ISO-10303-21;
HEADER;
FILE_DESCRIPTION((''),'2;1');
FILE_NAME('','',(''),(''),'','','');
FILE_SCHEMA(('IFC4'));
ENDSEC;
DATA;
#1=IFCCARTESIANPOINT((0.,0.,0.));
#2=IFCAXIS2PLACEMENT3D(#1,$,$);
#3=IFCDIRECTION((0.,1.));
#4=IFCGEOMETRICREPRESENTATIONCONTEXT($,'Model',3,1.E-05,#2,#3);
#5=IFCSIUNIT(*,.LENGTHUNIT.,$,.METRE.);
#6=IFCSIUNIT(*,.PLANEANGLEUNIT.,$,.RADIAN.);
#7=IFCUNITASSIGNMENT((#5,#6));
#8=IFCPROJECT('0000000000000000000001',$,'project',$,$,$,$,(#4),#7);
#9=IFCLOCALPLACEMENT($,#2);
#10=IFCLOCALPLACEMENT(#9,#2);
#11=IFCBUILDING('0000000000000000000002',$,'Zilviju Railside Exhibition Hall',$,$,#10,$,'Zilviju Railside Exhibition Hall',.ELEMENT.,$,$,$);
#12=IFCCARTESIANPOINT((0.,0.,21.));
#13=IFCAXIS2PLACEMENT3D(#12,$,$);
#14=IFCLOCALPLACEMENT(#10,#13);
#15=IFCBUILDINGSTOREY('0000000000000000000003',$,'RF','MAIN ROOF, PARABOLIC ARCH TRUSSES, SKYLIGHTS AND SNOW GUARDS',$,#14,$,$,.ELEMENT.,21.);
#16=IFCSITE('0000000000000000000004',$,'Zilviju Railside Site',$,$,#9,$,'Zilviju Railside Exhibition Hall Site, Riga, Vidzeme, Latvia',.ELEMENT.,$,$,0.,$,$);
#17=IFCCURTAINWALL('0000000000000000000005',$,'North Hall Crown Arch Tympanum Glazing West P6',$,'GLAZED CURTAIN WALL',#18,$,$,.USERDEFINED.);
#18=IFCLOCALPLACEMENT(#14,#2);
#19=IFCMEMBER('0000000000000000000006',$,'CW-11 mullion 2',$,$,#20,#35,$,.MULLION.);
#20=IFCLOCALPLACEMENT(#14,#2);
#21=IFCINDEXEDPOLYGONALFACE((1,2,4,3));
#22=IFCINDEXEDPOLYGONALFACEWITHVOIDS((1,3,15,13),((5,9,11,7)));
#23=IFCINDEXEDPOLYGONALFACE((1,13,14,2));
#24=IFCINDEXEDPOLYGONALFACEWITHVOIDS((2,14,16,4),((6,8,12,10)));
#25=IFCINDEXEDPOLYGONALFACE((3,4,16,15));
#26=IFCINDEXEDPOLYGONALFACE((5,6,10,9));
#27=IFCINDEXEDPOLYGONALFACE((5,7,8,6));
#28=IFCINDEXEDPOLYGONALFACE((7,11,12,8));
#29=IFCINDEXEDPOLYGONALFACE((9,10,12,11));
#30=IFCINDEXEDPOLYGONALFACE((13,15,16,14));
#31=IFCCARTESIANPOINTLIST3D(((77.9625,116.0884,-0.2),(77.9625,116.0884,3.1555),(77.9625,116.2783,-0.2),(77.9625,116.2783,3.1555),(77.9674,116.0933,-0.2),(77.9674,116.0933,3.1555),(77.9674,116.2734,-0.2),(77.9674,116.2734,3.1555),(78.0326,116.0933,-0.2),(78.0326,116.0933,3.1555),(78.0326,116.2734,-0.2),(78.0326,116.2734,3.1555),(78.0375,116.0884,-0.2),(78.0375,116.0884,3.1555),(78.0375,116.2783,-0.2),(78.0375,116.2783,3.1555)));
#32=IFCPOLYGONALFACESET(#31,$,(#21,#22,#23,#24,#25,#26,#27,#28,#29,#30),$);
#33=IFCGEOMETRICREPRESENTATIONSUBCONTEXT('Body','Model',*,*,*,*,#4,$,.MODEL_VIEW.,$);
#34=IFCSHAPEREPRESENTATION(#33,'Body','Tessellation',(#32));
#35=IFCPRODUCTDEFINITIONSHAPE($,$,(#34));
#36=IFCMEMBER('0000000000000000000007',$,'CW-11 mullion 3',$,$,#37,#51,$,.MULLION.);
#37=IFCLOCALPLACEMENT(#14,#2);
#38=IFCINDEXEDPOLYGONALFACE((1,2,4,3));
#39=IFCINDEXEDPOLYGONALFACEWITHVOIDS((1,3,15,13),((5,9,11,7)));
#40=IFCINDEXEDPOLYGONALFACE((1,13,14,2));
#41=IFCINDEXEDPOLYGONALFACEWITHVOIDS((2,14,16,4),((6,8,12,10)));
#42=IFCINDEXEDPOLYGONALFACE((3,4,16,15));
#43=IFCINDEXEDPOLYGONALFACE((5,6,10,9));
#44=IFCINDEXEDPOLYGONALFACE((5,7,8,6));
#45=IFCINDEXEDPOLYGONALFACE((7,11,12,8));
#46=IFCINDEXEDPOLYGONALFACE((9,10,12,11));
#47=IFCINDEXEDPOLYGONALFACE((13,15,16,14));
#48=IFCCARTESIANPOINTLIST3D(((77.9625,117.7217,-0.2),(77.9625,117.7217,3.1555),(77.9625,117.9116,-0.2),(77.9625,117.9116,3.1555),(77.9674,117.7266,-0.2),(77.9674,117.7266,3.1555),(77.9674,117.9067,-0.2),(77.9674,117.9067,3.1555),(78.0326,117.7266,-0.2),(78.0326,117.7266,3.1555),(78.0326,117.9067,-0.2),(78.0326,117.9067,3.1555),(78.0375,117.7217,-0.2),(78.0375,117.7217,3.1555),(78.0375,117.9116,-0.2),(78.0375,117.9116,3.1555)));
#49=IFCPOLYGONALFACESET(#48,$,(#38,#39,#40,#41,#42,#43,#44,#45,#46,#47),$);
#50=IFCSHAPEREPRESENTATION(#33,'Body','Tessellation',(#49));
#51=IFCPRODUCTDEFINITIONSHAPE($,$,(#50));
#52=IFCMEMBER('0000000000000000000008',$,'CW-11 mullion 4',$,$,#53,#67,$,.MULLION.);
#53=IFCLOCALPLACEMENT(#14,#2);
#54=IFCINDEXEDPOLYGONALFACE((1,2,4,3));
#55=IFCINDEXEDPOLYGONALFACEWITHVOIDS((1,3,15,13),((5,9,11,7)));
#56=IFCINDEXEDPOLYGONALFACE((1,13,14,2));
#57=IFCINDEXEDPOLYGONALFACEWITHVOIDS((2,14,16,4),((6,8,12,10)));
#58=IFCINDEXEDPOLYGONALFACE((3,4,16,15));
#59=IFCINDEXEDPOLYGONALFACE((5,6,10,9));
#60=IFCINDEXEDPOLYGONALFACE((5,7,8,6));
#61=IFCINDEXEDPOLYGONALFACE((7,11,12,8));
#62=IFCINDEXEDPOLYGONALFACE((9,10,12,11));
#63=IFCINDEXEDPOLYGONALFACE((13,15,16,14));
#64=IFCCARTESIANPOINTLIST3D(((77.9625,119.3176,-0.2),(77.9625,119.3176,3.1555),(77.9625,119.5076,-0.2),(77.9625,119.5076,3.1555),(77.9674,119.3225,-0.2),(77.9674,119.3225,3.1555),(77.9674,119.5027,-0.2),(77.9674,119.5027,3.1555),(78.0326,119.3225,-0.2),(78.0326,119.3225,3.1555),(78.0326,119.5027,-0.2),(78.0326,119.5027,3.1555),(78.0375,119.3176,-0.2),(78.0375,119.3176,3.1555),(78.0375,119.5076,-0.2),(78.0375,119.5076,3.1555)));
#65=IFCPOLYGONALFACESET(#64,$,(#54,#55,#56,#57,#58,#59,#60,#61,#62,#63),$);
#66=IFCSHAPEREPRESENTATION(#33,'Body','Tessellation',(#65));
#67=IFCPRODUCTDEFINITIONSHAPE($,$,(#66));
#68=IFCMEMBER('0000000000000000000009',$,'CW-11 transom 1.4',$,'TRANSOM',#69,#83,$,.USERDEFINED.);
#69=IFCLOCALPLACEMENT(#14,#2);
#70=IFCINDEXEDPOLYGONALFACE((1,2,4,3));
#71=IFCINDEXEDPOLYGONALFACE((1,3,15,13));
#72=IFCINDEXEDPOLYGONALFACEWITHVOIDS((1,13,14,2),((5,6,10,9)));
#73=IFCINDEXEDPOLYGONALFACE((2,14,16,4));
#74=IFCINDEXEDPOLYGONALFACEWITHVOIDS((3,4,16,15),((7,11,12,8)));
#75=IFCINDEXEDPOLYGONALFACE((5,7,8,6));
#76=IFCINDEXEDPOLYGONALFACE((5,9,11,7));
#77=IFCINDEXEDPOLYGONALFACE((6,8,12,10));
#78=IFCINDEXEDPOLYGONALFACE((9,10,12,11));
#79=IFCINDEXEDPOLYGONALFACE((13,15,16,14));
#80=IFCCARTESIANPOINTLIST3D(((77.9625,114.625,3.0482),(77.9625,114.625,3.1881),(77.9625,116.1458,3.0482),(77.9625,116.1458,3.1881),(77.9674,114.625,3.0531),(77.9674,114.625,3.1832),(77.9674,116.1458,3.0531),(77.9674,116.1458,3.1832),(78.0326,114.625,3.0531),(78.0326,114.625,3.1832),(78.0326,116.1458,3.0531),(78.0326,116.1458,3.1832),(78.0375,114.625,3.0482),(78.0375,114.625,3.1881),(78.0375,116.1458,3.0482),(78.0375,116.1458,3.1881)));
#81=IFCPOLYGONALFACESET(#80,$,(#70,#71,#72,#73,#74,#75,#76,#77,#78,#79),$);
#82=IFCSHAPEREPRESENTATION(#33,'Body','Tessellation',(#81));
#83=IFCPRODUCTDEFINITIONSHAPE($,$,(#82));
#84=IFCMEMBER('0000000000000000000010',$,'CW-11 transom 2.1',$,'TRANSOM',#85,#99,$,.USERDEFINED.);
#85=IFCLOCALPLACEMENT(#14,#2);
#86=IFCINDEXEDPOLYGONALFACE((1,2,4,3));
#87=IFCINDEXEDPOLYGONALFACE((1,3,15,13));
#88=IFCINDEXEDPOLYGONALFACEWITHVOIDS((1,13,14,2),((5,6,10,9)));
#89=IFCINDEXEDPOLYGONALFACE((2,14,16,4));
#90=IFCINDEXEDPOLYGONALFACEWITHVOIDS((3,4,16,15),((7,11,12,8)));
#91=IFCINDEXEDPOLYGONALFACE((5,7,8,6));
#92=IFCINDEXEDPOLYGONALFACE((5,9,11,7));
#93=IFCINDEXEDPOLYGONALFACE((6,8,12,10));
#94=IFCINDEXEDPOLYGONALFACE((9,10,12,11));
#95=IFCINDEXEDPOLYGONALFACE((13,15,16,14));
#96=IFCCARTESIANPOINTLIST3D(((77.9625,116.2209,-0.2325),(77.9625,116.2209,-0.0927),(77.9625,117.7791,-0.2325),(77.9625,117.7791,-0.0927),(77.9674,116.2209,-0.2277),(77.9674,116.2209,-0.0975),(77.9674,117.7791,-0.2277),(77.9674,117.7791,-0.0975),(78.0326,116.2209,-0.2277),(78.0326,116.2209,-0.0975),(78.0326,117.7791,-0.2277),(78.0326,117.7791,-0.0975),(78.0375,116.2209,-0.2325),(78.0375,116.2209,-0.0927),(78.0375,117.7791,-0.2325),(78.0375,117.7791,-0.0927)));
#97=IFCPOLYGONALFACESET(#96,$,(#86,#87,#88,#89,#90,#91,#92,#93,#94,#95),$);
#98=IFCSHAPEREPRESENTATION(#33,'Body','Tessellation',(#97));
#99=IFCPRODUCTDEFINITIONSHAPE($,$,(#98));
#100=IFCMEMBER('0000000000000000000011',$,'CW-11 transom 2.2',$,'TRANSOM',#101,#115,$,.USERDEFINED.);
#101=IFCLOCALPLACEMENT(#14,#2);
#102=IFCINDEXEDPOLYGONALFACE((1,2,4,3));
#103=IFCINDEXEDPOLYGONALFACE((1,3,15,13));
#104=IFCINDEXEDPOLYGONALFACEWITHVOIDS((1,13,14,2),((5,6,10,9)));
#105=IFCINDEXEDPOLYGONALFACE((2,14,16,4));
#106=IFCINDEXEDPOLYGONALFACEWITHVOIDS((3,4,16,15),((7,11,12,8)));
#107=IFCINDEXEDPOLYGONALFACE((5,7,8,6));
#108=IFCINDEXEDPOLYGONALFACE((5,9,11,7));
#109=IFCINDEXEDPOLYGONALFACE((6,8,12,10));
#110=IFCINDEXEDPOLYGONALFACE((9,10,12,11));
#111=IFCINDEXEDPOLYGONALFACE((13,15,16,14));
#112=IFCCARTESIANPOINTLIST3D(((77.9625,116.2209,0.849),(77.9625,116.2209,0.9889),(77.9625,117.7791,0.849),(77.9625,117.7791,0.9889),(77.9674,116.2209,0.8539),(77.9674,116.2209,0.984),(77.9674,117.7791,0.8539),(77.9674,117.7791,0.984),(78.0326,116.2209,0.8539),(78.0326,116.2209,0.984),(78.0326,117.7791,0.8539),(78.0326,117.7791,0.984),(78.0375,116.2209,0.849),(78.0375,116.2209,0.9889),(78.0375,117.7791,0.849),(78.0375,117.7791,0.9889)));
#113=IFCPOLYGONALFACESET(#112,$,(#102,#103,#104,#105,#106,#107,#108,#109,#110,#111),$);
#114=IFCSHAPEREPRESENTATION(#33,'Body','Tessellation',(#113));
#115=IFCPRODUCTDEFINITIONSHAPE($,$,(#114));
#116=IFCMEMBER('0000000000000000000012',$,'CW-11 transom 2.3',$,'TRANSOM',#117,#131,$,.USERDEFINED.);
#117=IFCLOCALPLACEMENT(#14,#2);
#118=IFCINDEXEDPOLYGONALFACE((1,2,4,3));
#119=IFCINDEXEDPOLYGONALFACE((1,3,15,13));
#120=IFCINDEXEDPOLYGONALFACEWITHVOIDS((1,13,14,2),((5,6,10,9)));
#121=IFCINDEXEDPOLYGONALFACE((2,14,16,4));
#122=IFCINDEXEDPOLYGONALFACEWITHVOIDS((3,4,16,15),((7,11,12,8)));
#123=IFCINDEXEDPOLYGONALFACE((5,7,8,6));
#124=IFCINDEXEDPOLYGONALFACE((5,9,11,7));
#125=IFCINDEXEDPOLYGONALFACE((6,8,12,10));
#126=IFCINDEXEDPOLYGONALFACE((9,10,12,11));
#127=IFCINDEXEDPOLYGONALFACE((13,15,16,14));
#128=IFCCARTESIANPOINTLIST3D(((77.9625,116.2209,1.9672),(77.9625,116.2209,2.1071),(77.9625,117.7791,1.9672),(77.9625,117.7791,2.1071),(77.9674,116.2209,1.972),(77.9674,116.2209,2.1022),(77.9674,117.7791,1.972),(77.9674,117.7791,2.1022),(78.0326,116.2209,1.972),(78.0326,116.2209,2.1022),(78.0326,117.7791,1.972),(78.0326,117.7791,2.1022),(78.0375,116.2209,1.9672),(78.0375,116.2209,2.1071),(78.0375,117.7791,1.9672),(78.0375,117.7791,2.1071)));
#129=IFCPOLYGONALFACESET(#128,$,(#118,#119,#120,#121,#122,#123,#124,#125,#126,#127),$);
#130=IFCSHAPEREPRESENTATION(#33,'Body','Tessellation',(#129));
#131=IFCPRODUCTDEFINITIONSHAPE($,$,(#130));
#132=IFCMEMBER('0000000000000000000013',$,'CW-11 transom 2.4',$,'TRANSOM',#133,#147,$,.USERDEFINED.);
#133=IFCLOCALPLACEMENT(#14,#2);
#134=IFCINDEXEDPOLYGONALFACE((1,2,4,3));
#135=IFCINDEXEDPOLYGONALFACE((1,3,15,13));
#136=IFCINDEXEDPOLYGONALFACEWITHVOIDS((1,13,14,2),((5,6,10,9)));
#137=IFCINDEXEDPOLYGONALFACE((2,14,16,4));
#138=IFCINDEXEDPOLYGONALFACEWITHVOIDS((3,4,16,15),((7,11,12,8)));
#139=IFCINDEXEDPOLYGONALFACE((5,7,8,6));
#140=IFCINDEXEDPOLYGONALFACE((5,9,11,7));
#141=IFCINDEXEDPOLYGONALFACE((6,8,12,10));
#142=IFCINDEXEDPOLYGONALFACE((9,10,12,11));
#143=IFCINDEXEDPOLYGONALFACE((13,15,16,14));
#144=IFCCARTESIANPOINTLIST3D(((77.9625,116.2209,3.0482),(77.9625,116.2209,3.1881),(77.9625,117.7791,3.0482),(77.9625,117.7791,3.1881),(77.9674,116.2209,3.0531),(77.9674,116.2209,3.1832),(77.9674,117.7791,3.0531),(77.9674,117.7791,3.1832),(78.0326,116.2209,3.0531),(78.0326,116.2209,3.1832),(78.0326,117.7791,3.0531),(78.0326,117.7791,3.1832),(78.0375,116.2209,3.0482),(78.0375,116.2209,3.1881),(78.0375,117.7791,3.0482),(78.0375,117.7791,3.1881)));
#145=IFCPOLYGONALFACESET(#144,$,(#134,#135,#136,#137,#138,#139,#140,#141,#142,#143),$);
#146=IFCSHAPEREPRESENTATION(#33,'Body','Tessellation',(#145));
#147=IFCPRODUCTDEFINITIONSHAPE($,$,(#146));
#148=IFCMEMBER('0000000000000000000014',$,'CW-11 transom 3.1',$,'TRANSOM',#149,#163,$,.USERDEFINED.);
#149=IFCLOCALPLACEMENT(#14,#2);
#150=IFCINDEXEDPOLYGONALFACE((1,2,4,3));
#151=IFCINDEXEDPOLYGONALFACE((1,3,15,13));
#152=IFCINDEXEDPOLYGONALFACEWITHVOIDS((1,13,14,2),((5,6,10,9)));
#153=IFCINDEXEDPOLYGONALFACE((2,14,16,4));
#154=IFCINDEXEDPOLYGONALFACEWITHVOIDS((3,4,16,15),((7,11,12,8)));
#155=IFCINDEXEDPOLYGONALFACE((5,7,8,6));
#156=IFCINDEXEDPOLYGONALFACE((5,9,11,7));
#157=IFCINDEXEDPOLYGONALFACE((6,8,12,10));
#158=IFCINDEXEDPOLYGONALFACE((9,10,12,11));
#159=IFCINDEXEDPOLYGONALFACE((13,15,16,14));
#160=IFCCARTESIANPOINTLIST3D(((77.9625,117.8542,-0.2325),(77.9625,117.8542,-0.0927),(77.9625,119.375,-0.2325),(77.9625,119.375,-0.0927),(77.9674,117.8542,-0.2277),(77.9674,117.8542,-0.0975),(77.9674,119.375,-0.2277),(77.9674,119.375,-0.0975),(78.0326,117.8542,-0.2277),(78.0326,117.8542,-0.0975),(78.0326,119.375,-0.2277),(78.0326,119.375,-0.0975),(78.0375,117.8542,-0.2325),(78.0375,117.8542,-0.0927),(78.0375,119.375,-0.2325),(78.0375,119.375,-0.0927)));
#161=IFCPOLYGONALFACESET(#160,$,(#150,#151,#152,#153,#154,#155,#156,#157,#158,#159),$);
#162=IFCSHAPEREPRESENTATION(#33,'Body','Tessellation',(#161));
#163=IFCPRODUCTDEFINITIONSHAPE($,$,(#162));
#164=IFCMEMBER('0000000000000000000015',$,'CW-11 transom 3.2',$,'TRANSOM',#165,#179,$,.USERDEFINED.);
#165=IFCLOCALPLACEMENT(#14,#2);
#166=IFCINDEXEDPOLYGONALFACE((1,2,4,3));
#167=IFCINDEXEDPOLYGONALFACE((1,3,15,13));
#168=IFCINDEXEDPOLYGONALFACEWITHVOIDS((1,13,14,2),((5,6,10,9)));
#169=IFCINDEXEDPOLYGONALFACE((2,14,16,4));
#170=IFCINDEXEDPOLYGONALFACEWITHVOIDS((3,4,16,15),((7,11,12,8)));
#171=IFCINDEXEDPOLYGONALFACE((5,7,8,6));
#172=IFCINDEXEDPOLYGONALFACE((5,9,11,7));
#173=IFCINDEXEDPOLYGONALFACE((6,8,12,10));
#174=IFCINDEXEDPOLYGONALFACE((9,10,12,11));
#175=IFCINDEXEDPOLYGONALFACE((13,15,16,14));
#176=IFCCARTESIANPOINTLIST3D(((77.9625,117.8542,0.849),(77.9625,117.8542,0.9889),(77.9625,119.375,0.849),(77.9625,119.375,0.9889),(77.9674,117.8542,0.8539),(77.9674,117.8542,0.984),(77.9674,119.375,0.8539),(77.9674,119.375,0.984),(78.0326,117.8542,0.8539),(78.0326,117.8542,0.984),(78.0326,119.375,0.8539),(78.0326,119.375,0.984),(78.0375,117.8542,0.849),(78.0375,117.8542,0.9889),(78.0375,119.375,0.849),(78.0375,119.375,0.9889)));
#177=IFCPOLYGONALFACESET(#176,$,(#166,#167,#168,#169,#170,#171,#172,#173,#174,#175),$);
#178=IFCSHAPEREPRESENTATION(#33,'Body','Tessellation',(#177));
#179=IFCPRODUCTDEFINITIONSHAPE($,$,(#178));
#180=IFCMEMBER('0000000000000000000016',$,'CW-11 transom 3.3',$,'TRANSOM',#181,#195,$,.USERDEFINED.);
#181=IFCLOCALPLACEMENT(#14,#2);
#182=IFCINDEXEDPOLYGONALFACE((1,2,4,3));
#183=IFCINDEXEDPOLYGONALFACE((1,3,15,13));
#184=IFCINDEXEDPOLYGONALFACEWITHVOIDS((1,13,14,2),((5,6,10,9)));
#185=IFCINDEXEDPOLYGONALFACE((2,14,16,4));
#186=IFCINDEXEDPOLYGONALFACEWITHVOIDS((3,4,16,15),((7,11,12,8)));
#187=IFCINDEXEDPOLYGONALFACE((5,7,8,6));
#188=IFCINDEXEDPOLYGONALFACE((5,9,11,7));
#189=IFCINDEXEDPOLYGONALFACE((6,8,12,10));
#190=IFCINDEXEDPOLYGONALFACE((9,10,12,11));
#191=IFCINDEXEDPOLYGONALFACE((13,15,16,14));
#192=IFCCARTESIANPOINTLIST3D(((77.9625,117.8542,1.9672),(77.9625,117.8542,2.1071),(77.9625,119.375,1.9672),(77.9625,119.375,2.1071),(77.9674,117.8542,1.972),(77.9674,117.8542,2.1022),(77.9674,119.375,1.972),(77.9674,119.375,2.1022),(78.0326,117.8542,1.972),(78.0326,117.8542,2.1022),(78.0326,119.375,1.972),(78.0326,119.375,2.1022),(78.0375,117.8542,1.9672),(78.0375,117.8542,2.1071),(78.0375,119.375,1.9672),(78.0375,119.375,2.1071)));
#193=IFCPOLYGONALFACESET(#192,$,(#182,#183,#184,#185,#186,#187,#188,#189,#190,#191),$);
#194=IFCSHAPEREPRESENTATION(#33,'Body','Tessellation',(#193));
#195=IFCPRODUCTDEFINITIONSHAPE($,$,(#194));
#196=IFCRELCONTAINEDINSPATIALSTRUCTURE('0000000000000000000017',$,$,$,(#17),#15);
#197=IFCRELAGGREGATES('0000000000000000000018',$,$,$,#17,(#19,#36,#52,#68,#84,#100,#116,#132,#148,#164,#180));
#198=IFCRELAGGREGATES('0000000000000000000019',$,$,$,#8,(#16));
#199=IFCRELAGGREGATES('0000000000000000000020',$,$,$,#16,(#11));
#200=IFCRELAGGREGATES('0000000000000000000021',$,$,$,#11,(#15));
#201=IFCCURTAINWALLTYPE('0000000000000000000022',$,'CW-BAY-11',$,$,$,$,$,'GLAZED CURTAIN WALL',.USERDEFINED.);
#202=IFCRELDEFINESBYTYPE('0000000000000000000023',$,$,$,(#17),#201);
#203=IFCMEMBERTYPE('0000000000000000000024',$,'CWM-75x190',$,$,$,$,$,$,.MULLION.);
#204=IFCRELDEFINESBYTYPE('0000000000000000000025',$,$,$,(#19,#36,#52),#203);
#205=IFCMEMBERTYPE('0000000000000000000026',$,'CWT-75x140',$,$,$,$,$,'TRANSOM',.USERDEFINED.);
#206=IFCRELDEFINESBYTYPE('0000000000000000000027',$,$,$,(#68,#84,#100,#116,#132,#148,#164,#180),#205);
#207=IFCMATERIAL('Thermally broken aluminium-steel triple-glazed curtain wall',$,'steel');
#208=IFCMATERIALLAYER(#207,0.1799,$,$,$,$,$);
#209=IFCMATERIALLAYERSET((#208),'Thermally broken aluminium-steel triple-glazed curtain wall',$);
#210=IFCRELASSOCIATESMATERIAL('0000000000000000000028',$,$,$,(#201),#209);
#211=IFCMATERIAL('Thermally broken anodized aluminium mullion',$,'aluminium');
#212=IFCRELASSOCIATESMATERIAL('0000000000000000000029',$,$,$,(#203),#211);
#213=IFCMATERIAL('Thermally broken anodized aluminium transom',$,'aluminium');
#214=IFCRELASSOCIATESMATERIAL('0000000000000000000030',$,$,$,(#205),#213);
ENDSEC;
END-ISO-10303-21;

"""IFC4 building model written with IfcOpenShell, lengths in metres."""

from ifc_helpers import new_model, si_unit, direction, frame, origin, origin_2d, place, context, subcontext, project, spatial, hollow_rectangle, extrude, material, layer, layer_set, material_profile, profile_set, type_object, element, aggregate, save


model = new_model("IFC4")

# Units and contexts
model_context = context("Model", 3, precision=1e-05, world=origin(), true_north=direction((0.0, 1.0)))
body_context = subcontext(model_context, "Body", "Model", "MODEL_VIEW")
ifc_project = project(units=[si_unit("LENGTHUNIT", "METRE"), si_unit("PLANEANGLEUNIT", "RADIAN")], contexts=[model_context])

# Site, building, storey
site_placement = place(None, origin())
site = spatial("IfcSite", under=ifc_project, at=site_placement, Name="Zilviju Railside Site", LongName="Zilviju Railside Exhibition Hall Site, Riga, Vidzeme, Latvia", CompositionType="ELEMENT", RefElevation=0.0)
building_placement = place(site_placement, origin())
building = spatial("IfcBuilding", under=site, at=building_placement, Name="Zilviju Railside Exhibition Hall", LongName="Zilviju Railside Exhibition Hall", CompositionType="ELEMENT")
storey_placement = place(building_placement, frame((0.0, 0.0, 21.0)))
storey = spatial("IfcBuildingStorey", under=building, at=storey_placement, Name="RF", Description="MAIN ROOF, PARABOLIC ARCH TRUSSES, SKYLIGHTS AND SNOW GUARDS", CompositionType="ELEMENT", Elevation=21.0)

# Curtain wall, members
ifc_material_1 = material(Name="Thermally broken aluminium-steel triple-glazed curtain wall", Category="steel")
ifc_layer_1 = layer(ifc_material_1, 0.1799)
ifc_layer_set_1 = layer_set([ifc_layer_1], Name="Thermally broken aluminium-steel triple-glazed curtain wall")
curtain_wall_type_1 = type_object("IfcCurtainWallType", Name="CW-BAY-11", ElementType="GLAZED CURTAIN WALL", PredefinedType="USERDEFINED", material=ifc_layer_set_1)
curtain_wall_1_placement = place(storey_placement, origin())
curtain_wall_1 = element("IfcCurtainWall", 1, at=curtain_wall_1_placement, inside=storey, type_object=curtain_wall_type_1, Name="North Hall Crown Arch Tympanum Glazing West P6", ObjectType="GLAZED CURTAIN WALL", PredefinedType="USERDEFINED")
ifc_material_2 = material(Name="Thermally broken anodized aluminium mullion", Category="aluminium")
ifc_material_profile_1 = material_profile(ifc_material_2, hollow_rectangle(XDim=0.075, YDim=0.1899, WallThickness=0.0049, at=origin_2d()), Name="MULLION 190x75x5")
ifc_profile_set_1 = profile_set([ifc_material_profile_1], Name="Thermally broken anodized aluminium mullion")
member_type_1 = type_object("IfcMemberType", Name="CWM-75x190", PredefinedType="MULLION", material=ifc_profile_set_1)
member_1_placement = place(storey_placement, frame((78.0, 116.1833, -0.2), z_axis=(0.0, 0.0, 1.0), x_axis=(-1.0, 0.0, 0.0)))
member_1 = element("IfcMember", 2, at=member_1_placement, type_object=member_type_1, Name="CW-11 mullion 2", PredefinedType="MULLION", context=body_context, shape_type="SweptSolid", body=[
    extrude(hollow_rectangle(XDim=0.075, YDim=0.1899, WallThickness=0.0049, at=origin_2d()), origin(), (0.0, 0.0, 1.0), 3.3555),
])
member_2_placement = place(storey_placement, frame((78.0, 117.8167, -0.2), z_axis=(0.0, 0.0, 1.0), x_axis=(-1.0, 0.0, 0.0)))
member_2 = element("IfcMember", 3, at=member_2_placement, type_object=member_type_1, Name="CW-11 mullion 3", PredefinedType="MULLION", context=body_context, shape_type="SweptSolid", body=[
    extrude(hollow_rectangle(XDim=0.075, YDim=0.1899, WallThickness=0.0049, at=origin_2d()), origin(), (0.0, 0.0, 1.0), 3.3555),
])
member_3_placement = place(storey_placement, frame((78.0, 119.4126, -0.2), z_axis=(0.0, 0.0, 1.0), x_axis=(-1.0, 0.0, 0.0)))
member_3 = element("IfcMember", 4, at=member_3_placement, type_object=member_type_1, Name="CW-11 mullion 4", PredefinedType="MULLION", context=body_context, shape_type="SweptSolid", body=[
    extrude(hollow_rectangle(XDim=0.075, YDim=0.1899, WallThickness=0.0049, at=origin_2d()), origin(), (0.0, 0.0, 1.0), 3.3555),
])
ifc_material_3 = material(Name="Thermally broken anodized aluminium transom", Category="aluminium")
ifc_material_profile_2 = material_profile(ifc_material_3, hollow_rectangle(XDim=0.075, YDim=0.1399, WallThickness=0.0049, at=origin_2d()), Name="TRANSOM 140x75x5")
ifc_profile_set_2 = profile_set([ifc_material_profile_2], Name="Thermally broken anodized aluminium transom")
member_type_2 = type_object("IfcMemberType", Name="CWT-75x140", ElementType="TRANSOM", PredefinedType="USERDEFINED", material=ifc_profile_set_2)
member_4_placement = place(storey_placement, frame((78.0, 114.625, 3.1182), z_axis=(0.0, 1.0, 0.0), x_axis=(-1.0, 0.0, 0.0)))
member_4 = element("IfcMember", 5, at=member_4_placement, type_object=member_type_2, Name="CW-11 transom 1.4", ObjectType="TRANSOM", PredefinedType="USERDEFINED", context=body_context, shape_type="SweptSolid", body=[
    extrude(hollow_rectangle(XDim=0.075, YDim=0.1399, WallThickness=0.0049, at=origin_2d()), origin(), (0.0, 0.0, 1.0), 1.5208),
])
member_5_placement = place(storey_placement, frame((78.0, 116.2209, -0.1626), z_axis=(0.0, 1.0, 0.0), x_axis=(-1.0, 0.0, 0.0)))
member_5 = element("IfcMember", 6, at=member_5_placement, type_object=member_type_2, Name="CW-11 transom 2.1", ObjectType="TRANSOM", PredefinedType="USERDEFINED", context=body_context, shape_type="SweptSolid", body=[
    extrude(hollow_rectangle(XDim=0.075, YDim=0.1399, WallThickness=0.0049, at=origin_2d()), origin(), (0.0, 0.0, 1.0), 1.5581),
])
member_6_placement = place(storey_placement, frame((78.0, 116.2209, 0.9189), z_axis=(0.0, 1.0, 0.0), x_axis=(-1.0, 0.0, 0.0)))
member_6 = element("IfcMember", 7, at=member_6_placement, type_object=member_type_2, Name="CW-11 transom 2.2", ObjectType="TRANSOM", PredefinedType="USERDEFINED", context=body_context, shape_type="SweptSolid", body=[
    extrude(hollow_rectangle(XDim=0.075, YDim=0.1399, WallThickness=0.0049, at=origin_2d()), origin(), (0.0, 0.0, 1.0), 1.5581),
])
member_7_placement = place(storey_placement, frame((78.0, 116.2209, 2.0371), z_axis=(0.0, 1.0, 0.0), x_axis=(-1.0, 0.0, 0.0)))
member_7 = element("IfcMember", 8, at=member_7_placement, type_object=member_type_2, Name="CW-11 transom 2.3", ObjectType="TRANSOM", PredefinedType="USERDEFINED", context=body_context, shape_type="SweptSolid", body=[
    extrude(hollow_rectangle(XDim=0.075, YDim=0.1399, WallThickness=0.0049, at=origin_2d()), origin(), (0.0, 0.0, 1.0), 1.5581),
])
member_8_placement = place(storey_placement, frame((78.0, 116.2209, 3.1182), z_axis=(0.0, 1.0, 0.0), x_axis=(-1.0, 0.0, 0.0)))
member_8 = element("IfcMember", 9, at=member_8_placement, type_object=member_type_2, Name="CW-11 transom 2.4", ObjectType="TRANSOM", PredefinedType="USERDEFINED", context=body_context, shape_type="SweptSolid", body=[
    extrude(hollow_rectangle(XDim=0.075, YDim=0.1399, WallThickness=0.0049, at=origin_2d()), origin(), (0.0, 0.0, 1.0), 1.5581),
])
member_9_placement = place(storey_placement, frame((78.0, 117.8542, -0.1626), z_axis=(0.0, 1.0, 0.0), x_axis=(-1.0, 0.0, 0.0)))
member_9 = element("IfcMember", 10, at=member_9_placement, type_object=member_type_2, Name="CW-11 transom 3.1", ObjectType="TRANSOM", PredefinedType="USERDEFINED", context=body_context, shape_type="SweptSolid", body=[
    extrude(hollow_rectangle(XDim=0.075, YDim=0.1399, WallThickness=0.0049, at=origin_2d()), origin(), (0.0, 0.0, 1.0), 1.5208),
])
member_10_placement = place(storey_placement, frame((78.0, 117.8542, 0.9189), z_axis=(0.0, 1.0, 0.0), x_axis=(-1.0, 0.0, 0.0)))
member_10 = element("IfcMember", 11, at=member_10_placement, type_object=member_type_2, Name="CW-11 transom 3.2", ObjectType="TRANSOM", PredefinedType="USERDEFINED", context=body_context, shape_type="SweptSolid", body=[
    extrude(hollow_rectangle(XDim=0.075, YDim=0.1399, WallThickness=0.0049, at=origin_2d()), origin(), (0.0, 0.0, 1.0), 1.5208),
])
member_11_placement = place(storey_placement, frame((78.0, 117.8542, 2.0371), z_axis=(0.0, 1.0, 0.0), x_axis=(-1.0, 0.0, 0.0)))
member_11 = element("IfcMember", 12, at=member_11_placement, type_object=member_type_2, Name="CW-11 transom 3.3", ObjectType="TRANSOM", PredefinedType="USERDEFINED", context=body_context, shape_type="SweptSolid", body=[
    extrude(hollow_rectangle(XDim=0.075, YDim=0.1399, WallThickness=0.0049, at=origin_2d()), origin(), (0.0, 0.0, 1.0), 1.5208),
])

aggregate(curtain_wall_1, [member_1, member_2, member_3, member_4, member_5, member_6, member_7, member_8, member_9, member_10, member_11])

save(model, "model.ifc")
